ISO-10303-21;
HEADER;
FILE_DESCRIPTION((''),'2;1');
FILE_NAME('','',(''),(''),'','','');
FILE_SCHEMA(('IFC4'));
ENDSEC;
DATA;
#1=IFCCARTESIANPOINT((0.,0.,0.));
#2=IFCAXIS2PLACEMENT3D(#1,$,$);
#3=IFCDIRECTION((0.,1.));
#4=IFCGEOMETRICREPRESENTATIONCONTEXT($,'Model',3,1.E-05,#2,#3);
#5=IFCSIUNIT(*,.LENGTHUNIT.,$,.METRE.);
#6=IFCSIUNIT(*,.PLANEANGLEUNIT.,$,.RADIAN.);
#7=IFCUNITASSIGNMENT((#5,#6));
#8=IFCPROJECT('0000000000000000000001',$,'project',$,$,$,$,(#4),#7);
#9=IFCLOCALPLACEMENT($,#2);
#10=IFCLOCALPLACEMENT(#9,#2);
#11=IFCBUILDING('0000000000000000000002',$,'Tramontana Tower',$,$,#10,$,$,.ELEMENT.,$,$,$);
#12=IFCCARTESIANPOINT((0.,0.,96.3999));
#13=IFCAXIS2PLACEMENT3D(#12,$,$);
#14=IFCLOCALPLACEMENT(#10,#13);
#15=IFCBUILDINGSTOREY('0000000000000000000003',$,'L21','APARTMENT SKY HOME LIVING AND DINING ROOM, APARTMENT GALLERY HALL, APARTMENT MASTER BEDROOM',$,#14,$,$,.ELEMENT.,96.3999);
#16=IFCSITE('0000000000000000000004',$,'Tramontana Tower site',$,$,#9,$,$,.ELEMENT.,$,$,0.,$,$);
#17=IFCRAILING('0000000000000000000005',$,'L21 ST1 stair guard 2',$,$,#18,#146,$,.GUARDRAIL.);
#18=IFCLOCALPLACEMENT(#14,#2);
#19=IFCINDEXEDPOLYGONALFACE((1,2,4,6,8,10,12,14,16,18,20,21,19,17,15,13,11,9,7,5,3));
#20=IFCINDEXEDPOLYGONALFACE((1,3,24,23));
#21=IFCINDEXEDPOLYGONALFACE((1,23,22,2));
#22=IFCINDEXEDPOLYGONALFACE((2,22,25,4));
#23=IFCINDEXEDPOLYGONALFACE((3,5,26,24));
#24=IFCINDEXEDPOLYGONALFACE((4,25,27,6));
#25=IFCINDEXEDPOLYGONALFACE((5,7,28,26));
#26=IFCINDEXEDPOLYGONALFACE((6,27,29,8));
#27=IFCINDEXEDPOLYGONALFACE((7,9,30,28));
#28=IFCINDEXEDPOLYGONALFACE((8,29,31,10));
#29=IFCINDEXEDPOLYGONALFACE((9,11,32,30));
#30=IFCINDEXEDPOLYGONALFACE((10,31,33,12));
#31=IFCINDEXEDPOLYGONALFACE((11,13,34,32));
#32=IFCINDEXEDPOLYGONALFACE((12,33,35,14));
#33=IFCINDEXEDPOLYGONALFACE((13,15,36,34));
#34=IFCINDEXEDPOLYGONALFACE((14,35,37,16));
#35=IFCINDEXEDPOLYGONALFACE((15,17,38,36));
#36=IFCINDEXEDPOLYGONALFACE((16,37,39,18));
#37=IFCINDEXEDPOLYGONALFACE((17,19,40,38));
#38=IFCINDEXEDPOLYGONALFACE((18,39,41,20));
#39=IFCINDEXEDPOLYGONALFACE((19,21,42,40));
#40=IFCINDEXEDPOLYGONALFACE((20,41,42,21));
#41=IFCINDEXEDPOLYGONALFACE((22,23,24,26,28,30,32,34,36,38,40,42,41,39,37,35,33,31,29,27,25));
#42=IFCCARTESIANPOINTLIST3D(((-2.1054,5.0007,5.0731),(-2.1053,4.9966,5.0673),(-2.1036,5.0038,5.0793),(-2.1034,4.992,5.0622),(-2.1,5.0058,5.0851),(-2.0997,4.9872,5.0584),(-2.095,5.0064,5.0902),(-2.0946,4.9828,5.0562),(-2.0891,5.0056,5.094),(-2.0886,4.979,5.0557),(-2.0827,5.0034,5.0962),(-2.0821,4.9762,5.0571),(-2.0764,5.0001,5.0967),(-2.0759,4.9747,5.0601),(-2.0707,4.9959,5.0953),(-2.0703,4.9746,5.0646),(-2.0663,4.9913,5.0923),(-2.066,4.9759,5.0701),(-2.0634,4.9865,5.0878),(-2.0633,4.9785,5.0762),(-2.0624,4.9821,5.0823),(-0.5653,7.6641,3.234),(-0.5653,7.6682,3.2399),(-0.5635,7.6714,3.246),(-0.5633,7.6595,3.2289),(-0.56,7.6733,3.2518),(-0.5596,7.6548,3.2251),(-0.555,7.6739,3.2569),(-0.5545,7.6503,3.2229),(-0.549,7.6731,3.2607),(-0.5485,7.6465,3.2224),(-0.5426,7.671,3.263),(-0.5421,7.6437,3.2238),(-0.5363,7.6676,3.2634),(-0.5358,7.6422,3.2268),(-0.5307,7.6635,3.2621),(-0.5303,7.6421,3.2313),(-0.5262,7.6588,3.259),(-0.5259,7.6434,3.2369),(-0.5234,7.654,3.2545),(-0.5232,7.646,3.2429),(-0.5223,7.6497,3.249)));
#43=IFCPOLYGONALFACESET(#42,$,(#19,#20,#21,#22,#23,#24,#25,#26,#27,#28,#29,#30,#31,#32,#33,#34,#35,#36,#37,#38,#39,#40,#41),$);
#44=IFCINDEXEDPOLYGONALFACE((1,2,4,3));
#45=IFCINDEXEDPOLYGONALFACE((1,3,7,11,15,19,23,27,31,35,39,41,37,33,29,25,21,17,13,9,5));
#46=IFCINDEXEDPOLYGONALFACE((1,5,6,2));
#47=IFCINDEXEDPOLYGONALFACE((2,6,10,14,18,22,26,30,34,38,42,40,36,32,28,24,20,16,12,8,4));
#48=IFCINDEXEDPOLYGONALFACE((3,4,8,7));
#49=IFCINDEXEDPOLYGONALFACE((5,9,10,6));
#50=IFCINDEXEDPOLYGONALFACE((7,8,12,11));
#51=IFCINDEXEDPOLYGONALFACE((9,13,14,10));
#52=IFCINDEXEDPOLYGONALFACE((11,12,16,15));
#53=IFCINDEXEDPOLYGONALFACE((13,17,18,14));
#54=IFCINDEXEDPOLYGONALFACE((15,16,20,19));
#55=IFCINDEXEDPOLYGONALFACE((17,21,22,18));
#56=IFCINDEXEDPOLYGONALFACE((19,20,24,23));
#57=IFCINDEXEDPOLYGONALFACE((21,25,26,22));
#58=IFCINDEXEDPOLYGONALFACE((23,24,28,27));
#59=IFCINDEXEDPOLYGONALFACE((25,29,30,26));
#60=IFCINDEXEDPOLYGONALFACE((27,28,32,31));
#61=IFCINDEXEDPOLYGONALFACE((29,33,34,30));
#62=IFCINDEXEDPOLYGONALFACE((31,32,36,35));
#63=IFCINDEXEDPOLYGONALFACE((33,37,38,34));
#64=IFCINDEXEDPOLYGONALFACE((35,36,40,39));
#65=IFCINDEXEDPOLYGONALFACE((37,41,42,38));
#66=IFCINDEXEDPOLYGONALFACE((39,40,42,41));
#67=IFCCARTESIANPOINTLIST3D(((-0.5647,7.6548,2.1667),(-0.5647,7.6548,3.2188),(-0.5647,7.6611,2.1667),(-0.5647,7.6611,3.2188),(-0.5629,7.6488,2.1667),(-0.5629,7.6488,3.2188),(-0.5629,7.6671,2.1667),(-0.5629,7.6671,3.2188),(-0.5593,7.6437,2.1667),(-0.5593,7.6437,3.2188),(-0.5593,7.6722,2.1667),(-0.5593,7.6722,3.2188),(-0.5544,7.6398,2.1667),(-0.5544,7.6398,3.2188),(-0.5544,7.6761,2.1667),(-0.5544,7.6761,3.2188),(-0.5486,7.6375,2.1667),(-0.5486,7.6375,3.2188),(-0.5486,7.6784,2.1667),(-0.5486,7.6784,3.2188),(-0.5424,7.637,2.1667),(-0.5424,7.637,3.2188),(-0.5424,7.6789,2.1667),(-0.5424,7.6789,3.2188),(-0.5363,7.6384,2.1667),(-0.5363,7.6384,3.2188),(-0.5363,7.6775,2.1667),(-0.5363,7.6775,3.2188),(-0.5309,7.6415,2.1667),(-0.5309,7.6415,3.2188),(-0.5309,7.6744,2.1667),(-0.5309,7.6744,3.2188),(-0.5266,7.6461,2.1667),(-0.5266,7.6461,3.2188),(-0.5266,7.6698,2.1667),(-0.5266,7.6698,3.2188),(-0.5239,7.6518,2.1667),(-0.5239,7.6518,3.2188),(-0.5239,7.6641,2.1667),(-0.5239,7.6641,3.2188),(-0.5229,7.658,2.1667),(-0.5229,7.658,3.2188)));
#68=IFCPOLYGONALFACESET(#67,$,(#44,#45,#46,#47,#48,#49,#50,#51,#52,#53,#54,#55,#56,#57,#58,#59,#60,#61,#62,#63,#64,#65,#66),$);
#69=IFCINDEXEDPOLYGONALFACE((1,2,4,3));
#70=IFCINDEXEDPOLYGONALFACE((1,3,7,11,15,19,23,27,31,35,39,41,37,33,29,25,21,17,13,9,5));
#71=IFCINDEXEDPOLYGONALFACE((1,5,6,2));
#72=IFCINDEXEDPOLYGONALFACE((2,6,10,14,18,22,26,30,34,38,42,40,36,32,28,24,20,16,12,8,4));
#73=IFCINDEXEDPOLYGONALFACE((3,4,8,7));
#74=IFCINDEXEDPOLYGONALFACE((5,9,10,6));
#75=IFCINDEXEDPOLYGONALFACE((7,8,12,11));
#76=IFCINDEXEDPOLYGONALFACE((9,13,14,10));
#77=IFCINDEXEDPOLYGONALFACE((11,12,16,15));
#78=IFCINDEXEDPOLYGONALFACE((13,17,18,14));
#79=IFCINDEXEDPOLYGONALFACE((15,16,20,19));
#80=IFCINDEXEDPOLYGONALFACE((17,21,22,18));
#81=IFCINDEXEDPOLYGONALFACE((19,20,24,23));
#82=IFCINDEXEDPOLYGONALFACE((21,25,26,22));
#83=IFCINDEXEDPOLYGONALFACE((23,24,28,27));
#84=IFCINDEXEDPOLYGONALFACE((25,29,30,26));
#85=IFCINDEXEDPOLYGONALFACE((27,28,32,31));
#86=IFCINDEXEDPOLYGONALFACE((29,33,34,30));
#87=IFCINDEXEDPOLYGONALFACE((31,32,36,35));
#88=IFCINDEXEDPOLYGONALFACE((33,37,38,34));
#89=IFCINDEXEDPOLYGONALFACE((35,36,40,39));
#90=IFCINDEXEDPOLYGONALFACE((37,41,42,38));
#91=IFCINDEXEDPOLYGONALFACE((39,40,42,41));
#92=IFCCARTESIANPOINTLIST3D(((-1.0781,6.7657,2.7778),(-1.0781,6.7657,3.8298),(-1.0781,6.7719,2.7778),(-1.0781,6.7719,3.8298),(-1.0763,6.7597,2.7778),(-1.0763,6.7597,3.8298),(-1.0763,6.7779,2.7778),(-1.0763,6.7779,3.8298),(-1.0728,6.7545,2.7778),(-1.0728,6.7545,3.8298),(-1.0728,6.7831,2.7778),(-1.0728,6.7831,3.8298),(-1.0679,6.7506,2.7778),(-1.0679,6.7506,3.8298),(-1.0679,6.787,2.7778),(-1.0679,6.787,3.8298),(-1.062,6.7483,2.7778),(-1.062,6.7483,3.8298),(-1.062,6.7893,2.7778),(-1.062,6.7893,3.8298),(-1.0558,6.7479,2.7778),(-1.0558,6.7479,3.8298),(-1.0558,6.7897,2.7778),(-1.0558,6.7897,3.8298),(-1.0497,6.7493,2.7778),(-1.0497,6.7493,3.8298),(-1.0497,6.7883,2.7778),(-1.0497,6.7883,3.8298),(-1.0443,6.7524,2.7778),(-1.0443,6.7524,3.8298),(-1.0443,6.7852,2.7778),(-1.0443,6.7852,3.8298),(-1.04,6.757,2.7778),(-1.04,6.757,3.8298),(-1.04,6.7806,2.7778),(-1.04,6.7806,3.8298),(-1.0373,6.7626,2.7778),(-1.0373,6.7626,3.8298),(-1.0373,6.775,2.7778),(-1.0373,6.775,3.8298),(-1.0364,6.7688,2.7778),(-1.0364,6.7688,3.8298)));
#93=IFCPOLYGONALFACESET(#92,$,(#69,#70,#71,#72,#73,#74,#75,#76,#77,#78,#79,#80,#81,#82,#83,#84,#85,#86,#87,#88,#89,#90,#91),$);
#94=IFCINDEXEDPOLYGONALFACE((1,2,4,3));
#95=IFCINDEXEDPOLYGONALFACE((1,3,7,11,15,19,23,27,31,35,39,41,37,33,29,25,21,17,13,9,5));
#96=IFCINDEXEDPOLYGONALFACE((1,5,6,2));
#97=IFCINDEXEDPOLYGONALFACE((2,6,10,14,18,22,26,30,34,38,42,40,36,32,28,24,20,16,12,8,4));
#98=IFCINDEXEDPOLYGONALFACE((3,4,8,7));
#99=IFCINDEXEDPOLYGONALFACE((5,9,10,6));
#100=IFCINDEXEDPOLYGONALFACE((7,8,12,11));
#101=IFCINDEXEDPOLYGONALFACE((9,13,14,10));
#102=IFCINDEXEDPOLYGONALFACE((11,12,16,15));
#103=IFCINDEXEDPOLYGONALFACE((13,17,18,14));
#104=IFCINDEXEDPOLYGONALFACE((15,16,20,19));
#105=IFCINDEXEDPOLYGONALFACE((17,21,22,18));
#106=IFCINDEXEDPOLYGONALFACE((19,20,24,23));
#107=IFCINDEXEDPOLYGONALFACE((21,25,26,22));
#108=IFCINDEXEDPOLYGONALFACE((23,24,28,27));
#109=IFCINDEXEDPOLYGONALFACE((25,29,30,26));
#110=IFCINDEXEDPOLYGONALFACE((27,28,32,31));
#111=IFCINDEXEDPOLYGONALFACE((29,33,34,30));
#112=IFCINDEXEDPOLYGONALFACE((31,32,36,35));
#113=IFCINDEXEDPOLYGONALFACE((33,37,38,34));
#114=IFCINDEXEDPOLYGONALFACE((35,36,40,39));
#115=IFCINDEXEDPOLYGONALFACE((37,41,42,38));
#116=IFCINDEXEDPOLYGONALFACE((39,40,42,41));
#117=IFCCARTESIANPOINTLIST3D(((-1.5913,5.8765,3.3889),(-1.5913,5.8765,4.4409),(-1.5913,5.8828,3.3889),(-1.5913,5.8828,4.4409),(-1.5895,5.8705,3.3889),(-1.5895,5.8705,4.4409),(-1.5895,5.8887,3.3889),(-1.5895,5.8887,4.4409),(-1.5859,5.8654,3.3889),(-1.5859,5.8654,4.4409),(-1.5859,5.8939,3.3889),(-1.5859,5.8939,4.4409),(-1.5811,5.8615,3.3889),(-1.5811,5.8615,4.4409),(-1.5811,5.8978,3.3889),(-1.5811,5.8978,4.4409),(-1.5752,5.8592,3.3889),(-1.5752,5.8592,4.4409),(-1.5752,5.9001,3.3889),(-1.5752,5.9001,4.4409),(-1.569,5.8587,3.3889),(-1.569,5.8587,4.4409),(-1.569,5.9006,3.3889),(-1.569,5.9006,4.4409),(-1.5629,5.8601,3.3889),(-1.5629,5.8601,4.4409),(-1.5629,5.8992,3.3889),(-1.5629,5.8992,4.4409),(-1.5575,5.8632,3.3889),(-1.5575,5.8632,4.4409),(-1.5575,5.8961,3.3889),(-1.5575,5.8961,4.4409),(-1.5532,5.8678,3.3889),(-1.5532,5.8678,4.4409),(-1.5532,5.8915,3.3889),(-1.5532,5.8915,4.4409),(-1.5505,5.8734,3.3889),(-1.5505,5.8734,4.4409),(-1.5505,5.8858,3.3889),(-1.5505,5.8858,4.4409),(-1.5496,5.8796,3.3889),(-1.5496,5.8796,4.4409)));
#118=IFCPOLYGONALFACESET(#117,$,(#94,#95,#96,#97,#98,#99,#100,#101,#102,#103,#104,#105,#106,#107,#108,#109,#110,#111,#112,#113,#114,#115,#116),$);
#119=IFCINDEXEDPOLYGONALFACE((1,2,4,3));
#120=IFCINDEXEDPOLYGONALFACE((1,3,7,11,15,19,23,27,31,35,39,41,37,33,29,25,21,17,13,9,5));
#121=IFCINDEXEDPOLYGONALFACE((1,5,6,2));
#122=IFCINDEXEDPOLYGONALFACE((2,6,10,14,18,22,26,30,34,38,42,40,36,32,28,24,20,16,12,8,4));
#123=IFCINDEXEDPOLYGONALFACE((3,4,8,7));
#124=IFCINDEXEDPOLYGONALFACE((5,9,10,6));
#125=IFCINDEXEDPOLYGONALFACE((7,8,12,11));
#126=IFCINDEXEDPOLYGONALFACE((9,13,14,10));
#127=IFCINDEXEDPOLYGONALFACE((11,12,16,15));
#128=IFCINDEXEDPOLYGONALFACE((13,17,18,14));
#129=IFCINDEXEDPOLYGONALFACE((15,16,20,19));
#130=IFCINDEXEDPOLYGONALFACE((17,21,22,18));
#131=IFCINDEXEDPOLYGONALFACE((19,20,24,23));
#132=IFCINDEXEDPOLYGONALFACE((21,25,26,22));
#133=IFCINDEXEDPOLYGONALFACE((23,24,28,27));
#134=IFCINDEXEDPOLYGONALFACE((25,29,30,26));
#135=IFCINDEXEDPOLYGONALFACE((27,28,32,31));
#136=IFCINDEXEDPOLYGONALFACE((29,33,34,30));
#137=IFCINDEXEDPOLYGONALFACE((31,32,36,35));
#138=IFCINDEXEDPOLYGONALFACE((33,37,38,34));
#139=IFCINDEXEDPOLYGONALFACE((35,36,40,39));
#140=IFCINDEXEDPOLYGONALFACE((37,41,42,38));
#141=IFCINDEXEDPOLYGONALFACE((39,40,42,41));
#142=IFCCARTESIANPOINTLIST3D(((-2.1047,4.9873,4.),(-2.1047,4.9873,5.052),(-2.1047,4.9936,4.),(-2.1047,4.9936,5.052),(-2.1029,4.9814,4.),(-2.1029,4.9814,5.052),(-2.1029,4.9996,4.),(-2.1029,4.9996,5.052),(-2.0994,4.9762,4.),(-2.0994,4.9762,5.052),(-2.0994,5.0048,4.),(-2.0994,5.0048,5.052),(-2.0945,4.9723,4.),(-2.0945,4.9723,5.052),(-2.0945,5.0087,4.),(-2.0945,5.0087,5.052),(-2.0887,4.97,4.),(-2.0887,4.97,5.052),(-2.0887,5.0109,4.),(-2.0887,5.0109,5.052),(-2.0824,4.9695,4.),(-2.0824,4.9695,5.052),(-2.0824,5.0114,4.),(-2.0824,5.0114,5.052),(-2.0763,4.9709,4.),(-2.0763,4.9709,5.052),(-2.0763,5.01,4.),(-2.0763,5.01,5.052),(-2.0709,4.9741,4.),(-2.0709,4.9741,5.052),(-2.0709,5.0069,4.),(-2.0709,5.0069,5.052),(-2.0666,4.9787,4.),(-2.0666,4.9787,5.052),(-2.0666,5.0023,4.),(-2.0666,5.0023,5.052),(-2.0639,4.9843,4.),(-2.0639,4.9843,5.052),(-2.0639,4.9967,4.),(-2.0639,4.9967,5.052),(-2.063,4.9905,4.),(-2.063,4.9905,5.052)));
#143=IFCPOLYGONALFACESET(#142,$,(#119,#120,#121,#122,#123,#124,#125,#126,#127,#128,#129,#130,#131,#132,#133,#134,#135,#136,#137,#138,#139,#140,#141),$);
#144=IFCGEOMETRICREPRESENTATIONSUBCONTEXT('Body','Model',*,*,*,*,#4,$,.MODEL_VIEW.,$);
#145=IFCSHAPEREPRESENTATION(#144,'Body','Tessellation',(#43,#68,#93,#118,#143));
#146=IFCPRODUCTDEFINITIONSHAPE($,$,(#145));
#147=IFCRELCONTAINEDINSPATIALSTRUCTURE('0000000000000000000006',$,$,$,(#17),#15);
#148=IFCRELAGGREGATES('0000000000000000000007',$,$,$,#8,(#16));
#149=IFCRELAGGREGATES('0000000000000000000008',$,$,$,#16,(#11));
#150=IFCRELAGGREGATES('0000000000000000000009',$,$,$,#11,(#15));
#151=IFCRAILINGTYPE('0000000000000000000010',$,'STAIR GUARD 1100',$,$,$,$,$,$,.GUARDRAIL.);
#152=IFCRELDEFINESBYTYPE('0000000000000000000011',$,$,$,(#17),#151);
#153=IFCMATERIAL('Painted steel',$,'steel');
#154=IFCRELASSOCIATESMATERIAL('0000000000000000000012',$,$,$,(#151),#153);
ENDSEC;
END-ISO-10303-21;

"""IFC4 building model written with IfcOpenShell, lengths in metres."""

from ifc_helpers import new_model, si_unit, direction, frame, origin, origin_2d, place, context, subcontext, project, spatial, circle, extrude, material, type_object, element, save


model = new_model("IFC4")

# Units and contexts
model_context = context("Model", 3, precision=1e-05, world=origin(), true_north=direction((0.0, 1.0)))
body_context = subcontext(model_context, "Body", "Model", "MODEL_VIEW")
ifc_project = project(units=[si_unit("LENGTHUNIT", "METRE"), si_unit("PLANEANGLEUNIT", "RADIAN")], contexts=[model_context])

# Site, building, storey
site_placement = place(None, origin())
site = spatial("IfcSite", under=ifc_project, at=site_placement, Name="Tramontana Tower site", CompositionType="ELEMENT", RefElevation=0.0)
building_placement = place(site_placement, origin())
building = spatial("IfcBuilding", under=site, at=building_placement, Name="Tramontana Tower", CompositionType="ELEMENT")
storey_placement = place(building_placement, frame((0.0, 0.0, 96.3999)))
storey = spatial("IfcBuildingStorey", under=building, at=storey_placement, Name="L21", Description="APARTMENT SKY HOME LIVING AND DINING ROOM, APARTMENT GALLERY HALL, APARTMENT MASTER BEDROOM", CompositionType="ELEMENT", Elevation=96.3999)

# Railing
ifc_material_1 = material(Name="Painted steel", Category="steel")
railing_type_1 = type_object("IfcRailingType", Name="STAIR GUARD 1100", PredefinedType="GUARDRAIL", material=ifc_material_1)
railing_1_placement = place(storey_placement, frame((-0.5439, 7.658, 2.1667)))
element("IfcRailing", 1, at=railing_1_placement, inside=storey, type_object=railing_type_1, Name="L21 ST1 stair guard 2", PredefinedType="GUARDRAIL", context=body_context, shape_type="SweptSolid", body=[
    extrude(circle(Radius=0.0239, at=origin_2d()), frame((0.0, 0.0, 1.0762), z_axis=(-0.429649, -0.74419, 0.511452), x_axis=(0.86603, -0.499992, 0.0)), (0.0, 0.0, 1.0), 3.5845),
    extrude(circle(Radius=0.021, at=origin_2d()), origin(), (0.0, 0.0, 1.0), 1.052),
    extrude(circle(Radius=0.021, at=origin_2d()), frame((-0.5134, -0.8892, 0.6111)), (0.0, 0.0, 1.0), 1.052),
    extrude(circle(Radius=0.021, at=origin_2d()), frame((-1.0266, -1.7783, 1.2222)), (0.0, 0.0, 1.0), 1.052),
    extrude(circle(Radius=0.021, at=origin_2d()), frame((-1.54, -2.6675, 1.8333)), (0.0, 0.0, 1.0), 1.052),
])

save(model, "model.ifc")
